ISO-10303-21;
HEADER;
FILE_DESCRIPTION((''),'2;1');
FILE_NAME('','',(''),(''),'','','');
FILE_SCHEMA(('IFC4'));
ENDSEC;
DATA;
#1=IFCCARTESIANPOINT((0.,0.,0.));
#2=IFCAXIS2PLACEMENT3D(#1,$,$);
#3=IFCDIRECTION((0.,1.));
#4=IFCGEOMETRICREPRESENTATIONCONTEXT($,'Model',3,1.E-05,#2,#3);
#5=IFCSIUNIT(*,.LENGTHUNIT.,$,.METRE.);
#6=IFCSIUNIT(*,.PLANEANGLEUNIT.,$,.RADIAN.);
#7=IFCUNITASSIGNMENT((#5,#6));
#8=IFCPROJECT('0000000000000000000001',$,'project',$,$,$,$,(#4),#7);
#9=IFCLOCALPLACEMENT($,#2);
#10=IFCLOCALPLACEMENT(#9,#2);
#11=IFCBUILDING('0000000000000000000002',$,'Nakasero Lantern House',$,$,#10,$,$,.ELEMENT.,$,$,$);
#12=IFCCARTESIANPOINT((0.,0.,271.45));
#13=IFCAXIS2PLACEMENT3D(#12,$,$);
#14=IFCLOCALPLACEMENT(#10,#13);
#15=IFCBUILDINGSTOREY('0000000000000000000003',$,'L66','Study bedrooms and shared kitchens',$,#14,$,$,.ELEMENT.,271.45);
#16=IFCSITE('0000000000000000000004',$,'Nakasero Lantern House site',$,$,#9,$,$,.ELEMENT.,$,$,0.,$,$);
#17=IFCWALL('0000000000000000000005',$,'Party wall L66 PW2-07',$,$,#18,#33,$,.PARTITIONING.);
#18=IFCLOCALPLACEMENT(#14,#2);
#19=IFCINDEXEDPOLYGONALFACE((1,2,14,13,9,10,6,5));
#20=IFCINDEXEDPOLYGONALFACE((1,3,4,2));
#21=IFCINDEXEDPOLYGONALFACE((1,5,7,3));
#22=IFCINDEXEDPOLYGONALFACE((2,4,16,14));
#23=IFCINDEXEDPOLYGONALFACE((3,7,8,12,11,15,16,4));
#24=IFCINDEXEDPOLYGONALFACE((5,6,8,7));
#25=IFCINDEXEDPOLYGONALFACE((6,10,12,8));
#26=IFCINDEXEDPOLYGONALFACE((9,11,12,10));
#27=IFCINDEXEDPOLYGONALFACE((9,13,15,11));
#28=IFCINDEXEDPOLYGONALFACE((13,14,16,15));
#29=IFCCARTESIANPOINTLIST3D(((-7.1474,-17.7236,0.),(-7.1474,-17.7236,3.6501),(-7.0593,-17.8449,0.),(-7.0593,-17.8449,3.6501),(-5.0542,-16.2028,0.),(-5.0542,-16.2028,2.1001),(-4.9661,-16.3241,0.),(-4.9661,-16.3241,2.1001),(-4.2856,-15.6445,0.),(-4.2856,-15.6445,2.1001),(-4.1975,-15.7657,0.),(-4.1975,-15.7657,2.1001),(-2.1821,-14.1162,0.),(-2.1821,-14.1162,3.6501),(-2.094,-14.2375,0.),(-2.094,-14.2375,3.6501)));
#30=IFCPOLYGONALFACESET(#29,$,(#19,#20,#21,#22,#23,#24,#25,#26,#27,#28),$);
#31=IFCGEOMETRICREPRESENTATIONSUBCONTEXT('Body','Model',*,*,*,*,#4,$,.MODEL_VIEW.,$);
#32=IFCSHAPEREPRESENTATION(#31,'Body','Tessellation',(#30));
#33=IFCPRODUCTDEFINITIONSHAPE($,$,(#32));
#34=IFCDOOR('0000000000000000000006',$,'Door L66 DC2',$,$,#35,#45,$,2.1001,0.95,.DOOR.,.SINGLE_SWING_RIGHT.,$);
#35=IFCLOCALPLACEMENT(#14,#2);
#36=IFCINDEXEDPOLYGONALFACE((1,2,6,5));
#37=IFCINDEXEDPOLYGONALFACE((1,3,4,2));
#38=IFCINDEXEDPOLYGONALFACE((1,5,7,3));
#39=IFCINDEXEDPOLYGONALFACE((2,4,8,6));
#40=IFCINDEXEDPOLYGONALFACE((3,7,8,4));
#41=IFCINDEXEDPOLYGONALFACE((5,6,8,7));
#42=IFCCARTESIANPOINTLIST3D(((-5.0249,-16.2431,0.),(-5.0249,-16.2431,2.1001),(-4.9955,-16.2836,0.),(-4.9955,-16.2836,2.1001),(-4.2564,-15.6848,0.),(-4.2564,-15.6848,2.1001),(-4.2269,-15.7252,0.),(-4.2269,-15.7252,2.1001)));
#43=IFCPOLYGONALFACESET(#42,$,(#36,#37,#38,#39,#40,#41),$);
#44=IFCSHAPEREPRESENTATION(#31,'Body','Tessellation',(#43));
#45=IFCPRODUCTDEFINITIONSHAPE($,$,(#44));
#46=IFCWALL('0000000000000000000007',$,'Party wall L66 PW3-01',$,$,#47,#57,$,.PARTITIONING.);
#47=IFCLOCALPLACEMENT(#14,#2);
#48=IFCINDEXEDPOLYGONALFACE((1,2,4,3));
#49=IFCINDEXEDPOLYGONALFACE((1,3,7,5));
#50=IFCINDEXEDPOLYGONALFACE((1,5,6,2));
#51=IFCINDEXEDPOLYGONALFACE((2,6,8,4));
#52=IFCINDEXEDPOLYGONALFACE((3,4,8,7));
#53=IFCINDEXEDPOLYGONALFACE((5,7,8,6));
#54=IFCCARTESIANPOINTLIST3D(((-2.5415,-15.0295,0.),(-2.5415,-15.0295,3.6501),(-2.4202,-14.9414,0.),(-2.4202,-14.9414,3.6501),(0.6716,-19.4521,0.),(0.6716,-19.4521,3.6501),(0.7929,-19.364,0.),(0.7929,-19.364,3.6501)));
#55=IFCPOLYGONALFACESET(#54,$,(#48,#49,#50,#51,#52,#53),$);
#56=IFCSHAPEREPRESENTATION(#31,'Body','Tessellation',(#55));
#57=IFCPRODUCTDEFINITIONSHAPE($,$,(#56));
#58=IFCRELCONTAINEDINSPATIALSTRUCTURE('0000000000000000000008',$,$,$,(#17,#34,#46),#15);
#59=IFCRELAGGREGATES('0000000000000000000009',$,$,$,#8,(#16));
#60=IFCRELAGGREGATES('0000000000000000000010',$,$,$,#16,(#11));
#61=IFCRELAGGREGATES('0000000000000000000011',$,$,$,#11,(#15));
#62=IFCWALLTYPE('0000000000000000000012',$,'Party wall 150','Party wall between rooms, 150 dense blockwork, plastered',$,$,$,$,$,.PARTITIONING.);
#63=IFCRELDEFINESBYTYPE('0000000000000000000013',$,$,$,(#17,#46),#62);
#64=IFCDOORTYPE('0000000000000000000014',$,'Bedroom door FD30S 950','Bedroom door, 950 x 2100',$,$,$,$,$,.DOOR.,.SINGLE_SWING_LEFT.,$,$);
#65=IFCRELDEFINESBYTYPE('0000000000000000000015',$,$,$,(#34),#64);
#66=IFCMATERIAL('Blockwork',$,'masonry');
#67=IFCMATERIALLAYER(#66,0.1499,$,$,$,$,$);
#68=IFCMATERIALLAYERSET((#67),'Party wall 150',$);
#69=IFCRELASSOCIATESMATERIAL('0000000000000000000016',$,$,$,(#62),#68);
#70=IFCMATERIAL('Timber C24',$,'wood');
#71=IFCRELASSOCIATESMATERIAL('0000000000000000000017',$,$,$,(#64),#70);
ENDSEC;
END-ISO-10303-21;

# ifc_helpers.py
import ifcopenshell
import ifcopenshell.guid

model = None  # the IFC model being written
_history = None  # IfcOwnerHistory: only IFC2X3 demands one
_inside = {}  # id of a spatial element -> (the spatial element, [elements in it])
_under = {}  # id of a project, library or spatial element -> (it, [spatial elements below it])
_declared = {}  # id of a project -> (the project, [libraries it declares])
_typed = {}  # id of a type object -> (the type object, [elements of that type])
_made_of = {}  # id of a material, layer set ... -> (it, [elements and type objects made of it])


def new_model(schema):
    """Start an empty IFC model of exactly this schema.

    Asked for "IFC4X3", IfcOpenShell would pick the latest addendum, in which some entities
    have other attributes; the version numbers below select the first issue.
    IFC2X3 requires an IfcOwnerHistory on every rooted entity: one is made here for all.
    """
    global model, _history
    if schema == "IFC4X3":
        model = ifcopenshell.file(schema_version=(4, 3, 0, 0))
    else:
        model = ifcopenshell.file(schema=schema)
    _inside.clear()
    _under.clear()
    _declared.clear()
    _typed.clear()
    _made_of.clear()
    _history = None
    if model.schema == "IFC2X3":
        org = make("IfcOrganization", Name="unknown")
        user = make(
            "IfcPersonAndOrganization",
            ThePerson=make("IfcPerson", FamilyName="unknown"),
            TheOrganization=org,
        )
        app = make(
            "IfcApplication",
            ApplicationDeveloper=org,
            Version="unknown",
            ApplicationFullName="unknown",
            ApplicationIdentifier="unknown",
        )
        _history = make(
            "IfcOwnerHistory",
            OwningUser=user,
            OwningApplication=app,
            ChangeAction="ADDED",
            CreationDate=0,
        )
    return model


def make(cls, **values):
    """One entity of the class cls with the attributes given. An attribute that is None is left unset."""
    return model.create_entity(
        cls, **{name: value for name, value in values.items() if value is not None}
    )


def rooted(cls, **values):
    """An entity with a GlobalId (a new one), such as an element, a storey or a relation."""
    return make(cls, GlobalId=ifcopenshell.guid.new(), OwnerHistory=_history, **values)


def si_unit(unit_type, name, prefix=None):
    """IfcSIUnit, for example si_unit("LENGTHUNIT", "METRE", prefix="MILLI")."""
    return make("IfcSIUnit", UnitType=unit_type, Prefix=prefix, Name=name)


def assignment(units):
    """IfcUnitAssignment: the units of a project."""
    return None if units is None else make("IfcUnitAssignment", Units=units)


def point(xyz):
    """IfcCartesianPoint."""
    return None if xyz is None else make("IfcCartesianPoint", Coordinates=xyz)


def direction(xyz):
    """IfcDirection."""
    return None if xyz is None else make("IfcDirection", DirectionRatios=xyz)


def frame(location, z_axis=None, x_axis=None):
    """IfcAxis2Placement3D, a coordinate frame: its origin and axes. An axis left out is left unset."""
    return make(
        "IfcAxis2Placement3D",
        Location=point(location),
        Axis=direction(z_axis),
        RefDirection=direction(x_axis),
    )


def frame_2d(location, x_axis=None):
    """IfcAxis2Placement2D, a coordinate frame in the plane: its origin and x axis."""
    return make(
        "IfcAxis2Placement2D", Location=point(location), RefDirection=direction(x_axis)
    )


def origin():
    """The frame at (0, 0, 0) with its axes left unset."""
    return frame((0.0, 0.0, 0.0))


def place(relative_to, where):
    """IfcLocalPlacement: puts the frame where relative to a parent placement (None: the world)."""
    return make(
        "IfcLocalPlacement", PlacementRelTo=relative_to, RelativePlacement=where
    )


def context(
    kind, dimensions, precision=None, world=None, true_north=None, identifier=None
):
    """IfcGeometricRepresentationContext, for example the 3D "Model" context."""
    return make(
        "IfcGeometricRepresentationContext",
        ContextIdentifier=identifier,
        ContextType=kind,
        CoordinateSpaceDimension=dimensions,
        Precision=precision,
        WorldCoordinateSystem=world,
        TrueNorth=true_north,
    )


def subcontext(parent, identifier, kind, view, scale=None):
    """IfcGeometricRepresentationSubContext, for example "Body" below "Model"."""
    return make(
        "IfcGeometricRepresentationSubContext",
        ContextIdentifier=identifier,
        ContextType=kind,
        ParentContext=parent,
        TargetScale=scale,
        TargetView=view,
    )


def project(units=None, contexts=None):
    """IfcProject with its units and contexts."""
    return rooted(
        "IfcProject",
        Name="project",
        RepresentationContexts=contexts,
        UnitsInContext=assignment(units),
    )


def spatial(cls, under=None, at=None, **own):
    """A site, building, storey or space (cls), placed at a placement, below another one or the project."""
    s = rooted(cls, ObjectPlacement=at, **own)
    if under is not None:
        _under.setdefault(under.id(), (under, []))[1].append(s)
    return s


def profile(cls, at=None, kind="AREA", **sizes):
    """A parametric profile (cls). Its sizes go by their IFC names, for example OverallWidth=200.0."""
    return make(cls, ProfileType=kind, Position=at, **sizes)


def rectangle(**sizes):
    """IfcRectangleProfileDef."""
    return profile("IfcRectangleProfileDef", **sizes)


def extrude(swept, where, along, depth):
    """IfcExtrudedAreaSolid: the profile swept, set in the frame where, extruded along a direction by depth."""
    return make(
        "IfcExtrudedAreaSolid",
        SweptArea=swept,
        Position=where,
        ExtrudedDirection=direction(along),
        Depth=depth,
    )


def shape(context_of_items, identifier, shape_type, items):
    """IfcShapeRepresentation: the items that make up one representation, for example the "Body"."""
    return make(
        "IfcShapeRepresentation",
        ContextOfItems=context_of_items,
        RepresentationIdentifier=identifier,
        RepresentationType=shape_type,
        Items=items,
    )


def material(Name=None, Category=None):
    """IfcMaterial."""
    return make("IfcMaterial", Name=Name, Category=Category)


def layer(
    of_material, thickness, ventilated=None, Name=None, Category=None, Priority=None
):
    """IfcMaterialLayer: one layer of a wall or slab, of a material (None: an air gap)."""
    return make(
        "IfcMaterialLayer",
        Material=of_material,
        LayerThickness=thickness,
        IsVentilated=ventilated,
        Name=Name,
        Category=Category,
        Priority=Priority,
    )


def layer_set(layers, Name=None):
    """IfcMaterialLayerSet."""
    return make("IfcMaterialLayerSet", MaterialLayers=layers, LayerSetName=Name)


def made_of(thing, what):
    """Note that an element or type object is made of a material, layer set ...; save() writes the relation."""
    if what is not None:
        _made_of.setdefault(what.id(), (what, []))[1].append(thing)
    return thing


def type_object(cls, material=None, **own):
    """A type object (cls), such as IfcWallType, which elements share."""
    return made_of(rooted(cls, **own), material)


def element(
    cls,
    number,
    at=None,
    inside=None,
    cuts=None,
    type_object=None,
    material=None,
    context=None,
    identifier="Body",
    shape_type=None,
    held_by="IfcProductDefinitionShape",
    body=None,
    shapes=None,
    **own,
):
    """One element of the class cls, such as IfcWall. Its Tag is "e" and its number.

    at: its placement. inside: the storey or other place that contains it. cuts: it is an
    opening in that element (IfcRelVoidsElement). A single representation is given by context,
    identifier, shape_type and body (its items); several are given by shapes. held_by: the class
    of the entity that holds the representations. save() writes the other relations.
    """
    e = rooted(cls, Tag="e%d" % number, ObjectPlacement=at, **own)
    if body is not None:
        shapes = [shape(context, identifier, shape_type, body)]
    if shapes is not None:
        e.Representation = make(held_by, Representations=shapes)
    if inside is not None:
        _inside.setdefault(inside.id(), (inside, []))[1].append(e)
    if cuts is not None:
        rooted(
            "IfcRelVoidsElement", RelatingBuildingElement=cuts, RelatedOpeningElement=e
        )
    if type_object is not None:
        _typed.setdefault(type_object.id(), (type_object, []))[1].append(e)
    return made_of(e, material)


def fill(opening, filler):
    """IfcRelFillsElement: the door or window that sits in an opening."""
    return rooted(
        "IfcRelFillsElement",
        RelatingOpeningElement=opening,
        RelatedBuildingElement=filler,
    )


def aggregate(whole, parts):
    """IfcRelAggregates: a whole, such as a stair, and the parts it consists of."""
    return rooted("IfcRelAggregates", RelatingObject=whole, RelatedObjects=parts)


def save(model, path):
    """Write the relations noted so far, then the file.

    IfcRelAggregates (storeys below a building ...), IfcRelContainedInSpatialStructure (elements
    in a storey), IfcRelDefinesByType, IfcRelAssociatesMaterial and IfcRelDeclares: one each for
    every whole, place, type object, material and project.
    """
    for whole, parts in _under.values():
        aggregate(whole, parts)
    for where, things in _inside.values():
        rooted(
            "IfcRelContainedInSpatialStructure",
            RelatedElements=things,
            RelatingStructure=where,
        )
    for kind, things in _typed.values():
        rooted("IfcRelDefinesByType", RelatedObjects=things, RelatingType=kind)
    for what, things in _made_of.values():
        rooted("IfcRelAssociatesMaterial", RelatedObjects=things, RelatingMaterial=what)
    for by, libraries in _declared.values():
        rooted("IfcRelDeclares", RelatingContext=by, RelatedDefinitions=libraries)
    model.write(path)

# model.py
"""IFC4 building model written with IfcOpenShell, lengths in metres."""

from ifc_helpers import new_model, si_unit, direction, frame, frame_2d, origin, place, context, subcontext, project, spatial, rectangle, extrude, material, layer, layer_set, type_object, element, fill, save


model = new_model("IFC4")

# Units and contexts
model_context = context("Model", 3, precision=1e-05, world=origin(), true_north=direction((0.0, 1.0)))
body_context = subcontext(model_context, "Body", "Model", "MODEL_VIEW")
ifc_project = project(units=[si_unit("LENGTHUNIT", "METRE"), si_unit("PLANEANGLEUNIT", "RADIAN")], contexts=[model_context])

# Site, building, storey
site_placement = place(None, origin())
site = spatial("IfcSite", under=ifc_project, at=site_placement, Name="Nakasero Lantern House site", CompositionType="ELEMENT", RefElevation=0.0)
building_placement = place(site_placement, origin())
building = spatial("IfcBuilding", under=site, at=building_placement, Name="Nakasero Lantern House", CompositionType="ELEMENT")
storey_placement = place(building_placement, frame((0.0, 0.0, 271.45)))
storey = spatial("IfcBuildingStorey", under=building, at=storey_placement, Name="L66", Description="Study bedrooms and shared kitchens", CompositionType="ELEMENT", Elevation=271.45)

# Wall, opening, door
ifc_material_1 = material(Name="Blockwork", Category="masonry")
ifc_layer_1 = layer(ifc_material_1, 0.1499)
ifc_layer_set_1 = layer_set([ifc_layer_1], Name="Party wall 150")
wall_type_1 = type_object("IfcWallType", Name="Party wall 150", Description="Party wall between rooms, 150 dense blockwork, plastered", PredefinedType="PARTITIONING", material=ifc_layer_set_1)
wall_1_placement = place(storey_placement, frame((-2.1379, -14.1768, 0.0), z_axis=(0.0, 0.0, 1.0), x_axis=(-0.809025, -0.587774, 0.0)))
wall_1 = element("IfcWall", 1, at=wall_1_placement, inside=storey, type_object=wall_type_1, Name="Party wall L66 PW2-07", PredefinedType="PARTITIONING", context=body_context, shape_type="SweptSolid", body=[
    extrude(rectangle(XDim=6.1375, YDim=0.1499, at=frame_2d((3.0688, 0.0))), origin(), (0.0, 0.0, 1.0), 3.6501),
])
opening_1_placement = place(wall_1_placement, frame((2.6001, 0.0, 0.0)))
opening_1 = element("IfcOpeningElement", 2, at=opening_1_placement, cuts=wall_1, PredefinedType="OPENING", context=body_context, shape_type="SweptSolid", body=[
    extrude(rectangle(XDim=0.95, YDim=2.1001, at=frame_2d((0.4751, 1.05))), frame((0.0, 0.095, 0.0), z_axis=(0.0, -1.0, 0.0), x_axis=(1.0, 0.0, 0.0)), (0.0, 0.0, 1.0), 0.1899),
])
ifc_material_2 = material(Name="Timber C24", Category="wood")
door_type_1 = type_object("IfcDoorType", Name="Bedroom door FD30S 950", Description="Bedroom door, 950 x 2100", OperationType="SINGLE_SWING_LEFT", PredefinedType="DOOR", material=ifc_material_2)
door_1_placement = place(opening_1_placement, origin())
door_1 = element("IfcDoor", 3, at=door_1_placement, inside=storey, type_object=door_type_1, Name="Door L66 DC2", OperationType="SINGLE_SWING_RIGHT", OverallHeight=2.1001, OverallWidth=0.95, PredefinedType="DOOR", context=body_context, shape_type="SweptSolid", body=[
    extrude(rectangle(XDim=0.95, YDim=2.1001, at=frame_2d((0.4751, 1.05))), frame((0.0, 0.0249, 0.0), z_axis=(0.0, -1.0, 0.0), x_axis=(1.0, 0.0, 0.0)), (0.0, 0.0, 1.0), 0.05),
])
fill(opening_1, door_1)

# Wall
wall_2_placement = place(storey_placement, frame((-2.481, -14.9854, 0.0), z_axis=(0.0, 0.0, 1.0), x_axis=(0.587776, -0.809024, 0.0)))
element("IfcWall", 4, at=wall_2_placement, inside=storey, type_object=wall_type_1, Name="Party wall L66 PW3-01", PredefinedType="PARTITIONING", context=body_context, shape_type="SweptSolid", body=[
    extrude(rectangle(XDim=5.4666, YDim=0.1499, at=frame_2d((2.7334, 0.0))), origin(), (0.0, 0.0, 1.0), 3.6501),
])

save(model, "model.ifc")
